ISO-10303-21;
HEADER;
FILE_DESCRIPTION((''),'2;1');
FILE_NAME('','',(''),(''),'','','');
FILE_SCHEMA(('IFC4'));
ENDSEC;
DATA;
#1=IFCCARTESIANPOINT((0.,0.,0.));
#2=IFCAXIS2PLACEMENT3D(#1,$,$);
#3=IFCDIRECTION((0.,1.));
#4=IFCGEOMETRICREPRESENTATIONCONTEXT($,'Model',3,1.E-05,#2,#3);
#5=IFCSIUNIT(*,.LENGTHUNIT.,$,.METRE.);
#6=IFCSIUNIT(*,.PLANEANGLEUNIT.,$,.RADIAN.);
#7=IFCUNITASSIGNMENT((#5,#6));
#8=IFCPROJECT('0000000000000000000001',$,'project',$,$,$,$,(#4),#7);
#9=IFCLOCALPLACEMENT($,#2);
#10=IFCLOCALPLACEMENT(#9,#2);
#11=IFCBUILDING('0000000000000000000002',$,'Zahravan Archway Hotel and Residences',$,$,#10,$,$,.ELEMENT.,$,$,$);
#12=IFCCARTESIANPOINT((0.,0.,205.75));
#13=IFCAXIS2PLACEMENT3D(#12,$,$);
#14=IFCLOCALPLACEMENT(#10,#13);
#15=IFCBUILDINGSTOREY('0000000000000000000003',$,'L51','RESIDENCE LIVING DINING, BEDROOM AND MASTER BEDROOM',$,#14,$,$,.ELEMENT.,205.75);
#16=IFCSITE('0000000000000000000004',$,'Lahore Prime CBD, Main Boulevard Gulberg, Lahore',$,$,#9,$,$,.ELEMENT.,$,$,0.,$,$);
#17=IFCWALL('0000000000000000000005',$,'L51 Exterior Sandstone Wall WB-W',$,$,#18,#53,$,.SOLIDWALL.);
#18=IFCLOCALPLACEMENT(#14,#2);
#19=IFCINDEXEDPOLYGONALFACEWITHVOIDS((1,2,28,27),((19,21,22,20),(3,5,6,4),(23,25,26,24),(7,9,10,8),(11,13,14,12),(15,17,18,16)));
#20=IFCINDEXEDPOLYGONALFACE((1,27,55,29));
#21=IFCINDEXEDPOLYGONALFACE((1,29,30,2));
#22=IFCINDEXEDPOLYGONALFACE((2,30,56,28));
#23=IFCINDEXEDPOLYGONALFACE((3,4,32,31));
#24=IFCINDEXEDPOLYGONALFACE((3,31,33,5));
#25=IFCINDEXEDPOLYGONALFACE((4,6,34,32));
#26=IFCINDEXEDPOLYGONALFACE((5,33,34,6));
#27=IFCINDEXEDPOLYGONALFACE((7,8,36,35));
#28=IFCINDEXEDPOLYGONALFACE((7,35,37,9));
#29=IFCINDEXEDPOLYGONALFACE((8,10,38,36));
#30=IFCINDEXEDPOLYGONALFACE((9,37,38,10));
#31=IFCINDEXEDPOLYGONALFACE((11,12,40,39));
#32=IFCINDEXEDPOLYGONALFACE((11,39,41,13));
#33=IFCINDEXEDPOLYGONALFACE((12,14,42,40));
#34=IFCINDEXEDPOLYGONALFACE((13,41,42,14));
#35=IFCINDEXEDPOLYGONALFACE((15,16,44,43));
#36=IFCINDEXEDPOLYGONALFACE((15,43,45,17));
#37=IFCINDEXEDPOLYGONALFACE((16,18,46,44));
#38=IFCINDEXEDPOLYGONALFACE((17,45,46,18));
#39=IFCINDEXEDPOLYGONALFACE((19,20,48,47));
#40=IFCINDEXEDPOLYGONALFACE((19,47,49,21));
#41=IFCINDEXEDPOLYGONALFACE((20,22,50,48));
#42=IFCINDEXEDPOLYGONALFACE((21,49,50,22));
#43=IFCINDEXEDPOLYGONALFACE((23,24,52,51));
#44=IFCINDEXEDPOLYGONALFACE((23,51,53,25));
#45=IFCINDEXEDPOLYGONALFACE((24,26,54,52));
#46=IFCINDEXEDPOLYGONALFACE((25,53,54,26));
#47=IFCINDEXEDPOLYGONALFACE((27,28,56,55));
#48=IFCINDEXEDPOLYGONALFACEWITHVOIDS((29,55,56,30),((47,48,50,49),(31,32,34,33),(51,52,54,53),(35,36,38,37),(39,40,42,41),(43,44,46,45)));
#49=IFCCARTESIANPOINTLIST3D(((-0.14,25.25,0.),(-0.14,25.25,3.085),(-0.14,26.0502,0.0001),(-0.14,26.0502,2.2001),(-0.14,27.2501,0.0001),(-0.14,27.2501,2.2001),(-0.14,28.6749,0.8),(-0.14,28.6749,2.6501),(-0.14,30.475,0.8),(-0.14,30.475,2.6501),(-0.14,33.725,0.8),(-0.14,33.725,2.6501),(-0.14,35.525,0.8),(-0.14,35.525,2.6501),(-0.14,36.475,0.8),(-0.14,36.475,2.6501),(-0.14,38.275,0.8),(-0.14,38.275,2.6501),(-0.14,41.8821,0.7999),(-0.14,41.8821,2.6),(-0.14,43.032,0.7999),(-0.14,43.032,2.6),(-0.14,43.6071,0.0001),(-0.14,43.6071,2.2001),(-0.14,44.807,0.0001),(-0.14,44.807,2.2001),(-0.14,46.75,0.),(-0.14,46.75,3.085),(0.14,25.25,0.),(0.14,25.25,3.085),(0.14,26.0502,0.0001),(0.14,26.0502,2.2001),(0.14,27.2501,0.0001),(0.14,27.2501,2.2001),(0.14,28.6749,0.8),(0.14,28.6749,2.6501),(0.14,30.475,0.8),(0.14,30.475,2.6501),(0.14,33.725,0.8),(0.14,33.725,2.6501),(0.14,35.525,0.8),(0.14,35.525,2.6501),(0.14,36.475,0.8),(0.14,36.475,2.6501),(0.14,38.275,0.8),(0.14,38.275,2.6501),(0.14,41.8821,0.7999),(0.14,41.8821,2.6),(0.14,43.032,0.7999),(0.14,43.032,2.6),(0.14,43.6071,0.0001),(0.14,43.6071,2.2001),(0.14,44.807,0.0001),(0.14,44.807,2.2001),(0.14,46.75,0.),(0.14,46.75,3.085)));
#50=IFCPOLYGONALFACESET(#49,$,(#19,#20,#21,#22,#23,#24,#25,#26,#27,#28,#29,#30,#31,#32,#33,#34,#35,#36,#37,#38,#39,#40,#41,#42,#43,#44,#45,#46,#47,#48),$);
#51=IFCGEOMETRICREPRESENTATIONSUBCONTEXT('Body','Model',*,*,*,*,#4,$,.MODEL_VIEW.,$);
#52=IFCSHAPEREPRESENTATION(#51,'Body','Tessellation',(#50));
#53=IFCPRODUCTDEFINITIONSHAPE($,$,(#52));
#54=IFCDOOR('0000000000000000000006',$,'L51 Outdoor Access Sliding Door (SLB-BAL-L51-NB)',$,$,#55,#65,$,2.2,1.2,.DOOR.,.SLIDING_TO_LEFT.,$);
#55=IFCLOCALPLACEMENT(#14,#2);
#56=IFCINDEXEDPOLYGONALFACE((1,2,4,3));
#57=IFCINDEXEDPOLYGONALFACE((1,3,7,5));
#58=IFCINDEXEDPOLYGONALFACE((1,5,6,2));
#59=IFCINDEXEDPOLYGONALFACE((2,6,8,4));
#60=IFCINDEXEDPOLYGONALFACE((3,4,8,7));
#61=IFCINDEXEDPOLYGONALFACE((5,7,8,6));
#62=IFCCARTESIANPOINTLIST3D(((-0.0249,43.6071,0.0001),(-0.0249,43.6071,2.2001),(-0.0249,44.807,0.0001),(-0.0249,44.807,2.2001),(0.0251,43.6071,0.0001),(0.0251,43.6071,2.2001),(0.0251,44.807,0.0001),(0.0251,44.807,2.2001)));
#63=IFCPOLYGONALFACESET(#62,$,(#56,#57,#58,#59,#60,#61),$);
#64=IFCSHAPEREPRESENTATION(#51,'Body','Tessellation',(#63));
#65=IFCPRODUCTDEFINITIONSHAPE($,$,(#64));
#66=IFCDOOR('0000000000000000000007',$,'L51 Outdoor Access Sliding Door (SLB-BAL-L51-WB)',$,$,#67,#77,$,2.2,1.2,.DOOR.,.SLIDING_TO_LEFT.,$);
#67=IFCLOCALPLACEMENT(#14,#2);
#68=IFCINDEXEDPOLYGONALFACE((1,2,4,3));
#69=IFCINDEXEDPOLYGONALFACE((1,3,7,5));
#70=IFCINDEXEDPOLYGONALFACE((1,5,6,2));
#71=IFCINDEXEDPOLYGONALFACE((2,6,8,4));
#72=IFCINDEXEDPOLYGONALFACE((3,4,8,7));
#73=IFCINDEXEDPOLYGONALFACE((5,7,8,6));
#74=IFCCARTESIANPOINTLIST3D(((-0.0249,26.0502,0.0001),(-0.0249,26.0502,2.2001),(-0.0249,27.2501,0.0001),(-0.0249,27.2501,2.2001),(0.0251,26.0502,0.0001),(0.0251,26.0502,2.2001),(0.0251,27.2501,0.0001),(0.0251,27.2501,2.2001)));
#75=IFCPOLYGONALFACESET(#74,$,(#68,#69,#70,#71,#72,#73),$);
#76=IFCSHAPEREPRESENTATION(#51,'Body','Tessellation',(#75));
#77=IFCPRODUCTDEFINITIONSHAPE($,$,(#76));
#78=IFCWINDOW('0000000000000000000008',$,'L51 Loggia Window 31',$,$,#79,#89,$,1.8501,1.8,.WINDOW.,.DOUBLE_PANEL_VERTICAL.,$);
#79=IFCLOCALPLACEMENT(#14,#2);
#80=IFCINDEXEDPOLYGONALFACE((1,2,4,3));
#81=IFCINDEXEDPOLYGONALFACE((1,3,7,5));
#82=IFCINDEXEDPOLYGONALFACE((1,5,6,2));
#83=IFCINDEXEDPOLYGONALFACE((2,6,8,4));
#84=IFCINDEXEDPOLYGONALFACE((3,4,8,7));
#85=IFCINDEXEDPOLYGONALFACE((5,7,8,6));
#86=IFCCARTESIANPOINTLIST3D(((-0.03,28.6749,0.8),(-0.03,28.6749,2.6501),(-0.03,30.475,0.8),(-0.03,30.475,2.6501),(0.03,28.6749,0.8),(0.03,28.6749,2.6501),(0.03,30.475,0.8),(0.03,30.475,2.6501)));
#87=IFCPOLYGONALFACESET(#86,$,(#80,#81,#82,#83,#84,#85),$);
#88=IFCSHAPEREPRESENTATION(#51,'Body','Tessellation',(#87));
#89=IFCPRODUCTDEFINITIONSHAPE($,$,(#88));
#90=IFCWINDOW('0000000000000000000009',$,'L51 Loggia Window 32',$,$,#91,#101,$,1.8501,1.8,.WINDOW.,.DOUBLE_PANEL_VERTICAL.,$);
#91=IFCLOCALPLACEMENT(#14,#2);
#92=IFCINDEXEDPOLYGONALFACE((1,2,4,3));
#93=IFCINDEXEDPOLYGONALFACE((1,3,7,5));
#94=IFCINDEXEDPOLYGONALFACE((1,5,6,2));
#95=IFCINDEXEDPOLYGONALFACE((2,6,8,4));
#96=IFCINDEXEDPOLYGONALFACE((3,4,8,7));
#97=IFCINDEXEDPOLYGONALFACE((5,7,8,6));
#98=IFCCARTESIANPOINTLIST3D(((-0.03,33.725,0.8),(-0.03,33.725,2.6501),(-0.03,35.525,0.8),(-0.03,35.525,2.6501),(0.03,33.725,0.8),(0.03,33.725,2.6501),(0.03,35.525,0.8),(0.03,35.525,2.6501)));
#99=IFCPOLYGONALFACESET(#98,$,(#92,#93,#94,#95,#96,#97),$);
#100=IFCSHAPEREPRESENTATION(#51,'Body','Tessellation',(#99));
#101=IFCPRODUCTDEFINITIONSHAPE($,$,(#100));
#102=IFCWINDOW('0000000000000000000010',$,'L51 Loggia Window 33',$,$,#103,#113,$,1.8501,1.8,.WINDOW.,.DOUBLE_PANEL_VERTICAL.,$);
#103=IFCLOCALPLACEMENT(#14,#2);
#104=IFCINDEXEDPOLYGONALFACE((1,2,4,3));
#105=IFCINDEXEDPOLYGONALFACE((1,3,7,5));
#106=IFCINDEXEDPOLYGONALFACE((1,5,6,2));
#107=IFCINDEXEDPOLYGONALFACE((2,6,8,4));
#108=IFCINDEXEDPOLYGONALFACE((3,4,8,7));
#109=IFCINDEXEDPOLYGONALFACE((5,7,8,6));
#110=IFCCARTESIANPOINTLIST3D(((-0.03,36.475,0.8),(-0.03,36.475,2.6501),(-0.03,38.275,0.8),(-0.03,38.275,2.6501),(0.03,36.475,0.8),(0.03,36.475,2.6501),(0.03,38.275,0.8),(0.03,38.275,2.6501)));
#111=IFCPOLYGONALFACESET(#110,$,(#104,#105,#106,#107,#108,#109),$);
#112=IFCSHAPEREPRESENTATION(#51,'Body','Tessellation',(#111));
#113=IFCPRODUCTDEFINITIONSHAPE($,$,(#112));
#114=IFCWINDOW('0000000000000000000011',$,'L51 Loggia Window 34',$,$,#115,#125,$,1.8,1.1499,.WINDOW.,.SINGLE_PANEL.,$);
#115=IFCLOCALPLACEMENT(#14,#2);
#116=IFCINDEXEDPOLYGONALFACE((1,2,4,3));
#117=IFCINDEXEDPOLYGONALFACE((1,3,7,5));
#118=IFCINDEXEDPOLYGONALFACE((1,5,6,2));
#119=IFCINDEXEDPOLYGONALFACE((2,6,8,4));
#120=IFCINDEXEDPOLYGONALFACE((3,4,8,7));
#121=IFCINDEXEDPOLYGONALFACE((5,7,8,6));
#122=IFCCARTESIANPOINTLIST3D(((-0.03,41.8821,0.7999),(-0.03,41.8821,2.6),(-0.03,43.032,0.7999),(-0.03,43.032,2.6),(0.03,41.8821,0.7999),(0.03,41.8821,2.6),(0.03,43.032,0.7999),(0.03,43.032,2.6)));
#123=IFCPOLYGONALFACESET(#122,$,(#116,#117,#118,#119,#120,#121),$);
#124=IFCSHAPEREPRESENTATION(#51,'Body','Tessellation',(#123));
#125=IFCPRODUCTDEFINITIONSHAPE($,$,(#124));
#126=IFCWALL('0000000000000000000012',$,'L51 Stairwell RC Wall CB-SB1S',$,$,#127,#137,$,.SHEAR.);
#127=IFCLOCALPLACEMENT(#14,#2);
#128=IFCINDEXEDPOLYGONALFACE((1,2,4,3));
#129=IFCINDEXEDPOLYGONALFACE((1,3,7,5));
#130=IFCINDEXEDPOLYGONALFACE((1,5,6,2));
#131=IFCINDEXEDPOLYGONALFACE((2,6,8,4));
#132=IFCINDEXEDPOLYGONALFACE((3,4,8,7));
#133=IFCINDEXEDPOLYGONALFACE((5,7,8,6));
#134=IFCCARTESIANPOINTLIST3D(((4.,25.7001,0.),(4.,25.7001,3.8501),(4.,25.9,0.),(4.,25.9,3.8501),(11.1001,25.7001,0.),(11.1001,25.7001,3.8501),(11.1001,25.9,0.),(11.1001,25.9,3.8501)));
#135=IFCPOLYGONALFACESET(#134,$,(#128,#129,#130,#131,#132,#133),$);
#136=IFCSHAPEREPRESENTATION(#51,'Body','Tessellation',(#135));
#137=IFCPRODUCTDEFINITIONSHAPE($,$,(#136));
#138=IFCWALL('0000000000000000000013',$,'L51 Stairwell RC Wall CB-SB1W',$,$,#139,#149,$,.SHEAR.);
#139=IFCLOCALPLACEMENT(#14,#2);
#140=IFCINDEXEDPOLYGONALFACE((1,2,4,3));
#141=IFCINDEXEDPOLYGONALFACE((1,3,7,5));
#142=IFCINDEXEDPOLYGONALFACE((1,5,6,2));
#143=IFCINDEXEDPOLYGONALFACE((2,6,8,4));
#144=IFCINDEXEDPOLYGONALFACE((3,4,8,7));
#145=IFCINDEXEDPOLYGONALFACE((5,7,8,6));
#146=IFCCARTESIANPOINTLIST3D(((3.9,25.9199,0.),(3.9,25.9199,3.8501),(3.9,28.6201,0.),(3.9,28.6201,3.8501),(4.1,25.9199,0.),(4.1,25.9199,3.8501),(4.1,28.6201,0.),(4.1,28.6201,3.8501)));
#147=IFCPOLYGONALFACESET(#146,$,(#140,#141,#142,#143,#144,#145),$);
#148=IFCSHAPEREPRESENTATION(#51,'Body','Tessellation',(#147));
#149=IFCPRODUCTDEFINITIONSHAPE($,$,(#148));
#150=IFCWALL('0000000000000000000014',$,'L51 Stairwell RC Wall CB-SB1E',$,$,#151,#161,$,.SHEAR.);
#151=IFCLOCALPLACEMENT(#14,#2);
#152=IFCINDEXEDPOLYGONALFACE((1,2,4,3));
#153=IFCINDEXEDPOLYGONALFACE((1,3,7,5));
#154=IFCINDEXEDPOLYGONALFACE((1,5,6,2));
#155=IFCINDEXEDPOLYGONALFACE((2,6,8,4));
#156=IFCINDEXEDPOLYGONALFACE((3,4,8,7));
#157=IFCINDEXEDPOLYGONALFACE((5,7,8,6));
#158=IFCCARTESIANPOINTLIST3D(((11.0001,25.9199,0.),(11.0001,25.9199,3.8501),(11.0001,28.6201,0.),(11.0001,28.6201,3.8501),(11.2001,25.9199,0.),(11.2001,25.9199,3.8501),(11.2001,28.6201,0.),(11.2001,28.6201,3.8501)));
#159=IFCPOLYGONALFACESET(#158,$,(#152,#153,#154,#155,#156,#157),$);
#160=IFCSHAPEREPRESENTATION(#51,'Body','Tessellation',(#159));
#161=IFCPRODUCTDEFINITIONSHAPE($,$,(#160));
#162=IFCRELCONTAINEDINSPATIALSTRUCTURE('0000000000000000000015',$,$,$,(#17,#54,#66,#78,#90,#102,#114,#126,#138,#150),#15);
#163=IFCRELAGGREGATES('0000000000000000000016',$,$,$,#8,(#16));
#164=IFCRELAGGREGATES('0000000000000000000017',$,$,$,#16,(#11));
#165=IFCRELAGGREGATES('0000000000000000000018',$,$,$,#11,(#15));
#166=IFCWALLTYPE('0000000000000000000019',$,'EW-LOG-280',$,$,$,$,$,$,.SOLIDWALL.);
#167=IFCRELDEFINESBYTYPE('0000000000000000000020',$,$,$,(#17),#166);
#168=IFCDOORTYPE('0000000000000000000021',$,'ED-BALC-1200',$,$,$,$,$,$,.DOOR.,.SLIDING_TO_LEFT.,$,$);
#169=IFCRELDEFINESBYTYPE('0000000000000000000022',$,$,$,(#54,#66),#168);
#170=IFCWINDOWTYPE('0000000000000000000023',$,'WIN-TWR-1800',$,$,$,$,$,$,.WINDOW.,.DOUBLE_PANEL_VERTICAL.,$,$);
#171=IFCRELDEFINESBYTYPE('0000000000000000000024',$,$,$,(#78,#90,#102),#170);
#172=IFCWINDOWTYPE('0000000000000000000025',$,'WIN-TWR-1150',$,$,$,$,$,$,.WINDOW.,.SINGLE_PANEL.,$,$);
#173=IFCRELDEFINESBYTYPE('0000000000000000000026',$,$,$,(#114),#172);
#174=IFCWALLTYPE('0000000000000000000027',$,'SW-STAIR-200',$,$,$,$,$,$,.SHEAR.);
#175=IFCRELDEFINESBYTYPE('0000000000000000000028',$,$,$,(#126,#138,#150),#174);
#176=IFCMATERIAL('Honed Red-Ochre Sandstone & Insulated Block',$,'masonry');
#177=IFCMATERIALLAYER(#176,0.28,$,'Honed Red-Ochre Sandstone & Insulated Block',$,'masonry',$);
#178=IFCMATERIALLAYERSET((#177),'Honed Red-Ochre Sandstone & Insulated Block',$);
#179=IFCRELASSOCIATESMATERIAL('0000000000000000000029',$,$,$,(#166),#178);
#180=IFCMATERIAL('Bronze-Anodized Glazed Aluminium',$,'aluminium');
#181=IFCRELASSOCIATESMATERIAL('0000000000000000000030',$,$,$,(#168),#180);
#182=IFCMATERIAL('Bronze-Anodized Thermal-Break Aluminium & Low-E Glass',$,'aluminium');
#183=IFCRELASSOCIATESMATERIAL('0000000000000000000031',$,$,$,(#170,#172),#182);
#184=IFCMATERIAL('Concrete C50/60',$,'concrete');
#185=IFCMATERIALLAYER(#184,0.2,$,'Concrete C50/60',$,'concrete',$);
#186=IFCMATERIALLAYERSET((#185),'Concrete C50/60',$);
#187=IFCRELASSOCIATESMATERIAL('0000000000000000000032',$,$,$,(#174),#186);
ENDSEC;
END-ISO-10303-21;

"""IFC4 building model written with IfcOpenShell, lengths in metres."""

from ifc_helpers import new_model, si_unit, direction, frame, frame_2d, origin, place, context, subcontext, project, spatial, rectangle, extrude, source, transform, mapped, material, layer, layer_set, type_object, type_shapes, element, fill, save


model = new_model("IFC4")

# Units and contexts
model_context = context("Model", 3, precision=1e-05, world=origin(), true_north=direction((0.0, 1.0)))
body_context = subcontext(model_context, "Body", "Model", "MODEL_VIEW")
ifc_project = project(units=[si_unit("LENGTHUNIT", "METRE"), si_unit("PLANEANGLEUNIT", "RADIAN")], contexts=[model_context])

# Site, building, storey
site_placement = place(None, origin())
site = spatial("IfcSite", under=ifc_project, at=site_placement, Name="Lahore Prime CBD, Main Boulevard Gulberg, Lahore", CompositionType="ELEMENT", RefElevation=0.0)
building_placement = place(site_placement, origin())
building = spatial("IfcBuilding", under=site, at=building_placement, Name="Zahravan Archway Hotel and Residences", CompositionType="ELEMENT")
storey_placement = place(building_placement, frame((0.0, 0.0, 205.75)))
storey = spatial("IfcBuildingStorey", under=building, at=storey_placement, Name="L51", Description="RESIDENCE LIVING DINING, BEDROOM AND MASTER BEDROOM", CompositionType="ELEMENT", Elevation=205.75)

# Shared definitions
ifc_material_1 = material(Name="Honed Red-Ochre Sandstone & Insulated Block", Category="masonry")
ifc_layer_1 = layer(ifc_material_1, 0.28, Name="Honed Red-Ochre Sandstone & Insulated Block", Category="masonry")
ifc_layer_set_1 = layer_set([ifc_layer_1], Name="Honed Red-Ochre Sandstone & Insulated Block")
wall_type_1 = type_object("IfcWallType", Name="EW-LOG-280", PredefinedType="SOLIDWALL", material=ifc_layer_set_1)
ifc_material_2 = material(Name="Bronze-Anodized Thermal-Break Aluminium & Low-E Glass", Category="aluminium")

# Wall, openings, doors, windows
wall_1_placement = place(storey_placement, frame((0.0, 25.25, 0.0), z_axis=(0.0, 0.0, 1.0), x_axis=(0.0, 1.0, 0.0)))
wall_1 = element("IfcWall", 1, at=wall_1_placement, inside=storey, type_object=wall_type_1, Name="L51 Exterior Sandstone Wall WB-W", PredefinedType="SOLIDWALL", context=body_context, shape_type="SweptSolid", body=[
    extrude(rectangle(XDim=21.5, YDim=0.28, at=frame_2d((10.75, 0.0))), origin(), (0.0, 0.0, 1.0), 3.085),
])
opening_1_placement = place(wall_1_placement, frame((18.3569, 0.0, 0.0)))
opening_1 = element("IfcOpeningElement", 2, at=opening_1_placement, cuts=wall_1, PredefinedType="OPENING", context=body_context, shape_type="SweptSolid", body=[
    extrude(rectangle(XDim=1.2, YDim=2.2, at=frame_2d((0.6001, 1.1001))), frame((0.0, 0.1499, 0.0), z_axis=(0.0, -1.0, 0.0), x_axis=(1.0, 0.0, 0.0)), (0.0, 0.0, 1.0), 0.3),
])
opening_2_placement = place(wall_1_placement, frame((0.8, 0.0, 0.0)))
opening_2 = element("IfcOpeningElement", 3, at=opening_2_placement, cuts=wall_1, PredefinedType="OPENING", context=body_context, shape_type="SweptSolid", body=[
    extrude(rectangle(XDim=1.2, YDim=2.2, at=frame_2d((0.6001, 1.1001))), frame((0.0, 0.1499, 0.0), z_axis=(0.0, -1.0, 0.0), x_axis=(1.0, 0.0, 0.0)), (0.0, 0.0, 1.0), 0.3),
])
opening_3_placement = place(wall_1_placement, frame((3.425, 0.0, 0.8)))
opening_3 = element("IfcOpeningElement", 4, at=opening_3_placement, cuts=wall_1, PredefinedType="OPENING", context=body_context, shape_type="SweptSolid", body=[
    extrude(rectangle(XDim=1.8, YDim=1.8501, at=frame_2d((0.8999, 0.925))), frame((0.0, 0.1499, 0.0), z_axis=(0.0, -1.0, 0.0), x_axis=(1.0, 0.0, 0.0)), (0.0, 0.0, 1.0), 0.3),
])
opening_4_placement = place(wall_1_placement, frame((8.4751, 0.0, 0.8)))
opening_4 = element("IfcOpeningElement", 5, at=opening_4_placement, cuts=wall_1, PredefinedType="OPENING", context=body_context, shape_type="SweptSolid", body=[
    extrude(rectangle(XDim=1.8, YDim=1.8501, at=frame_2d((0.8999, 0.925))), frame((0.0, 0.1499, 0.0), z_axis=(0.0, -1.0, 0.0), x_axis=(1.0, 0.0, 0.0)), (0.0, 0.0, 1.0), 0.3),
])
opening_5_placement = place(wall_1_placement, frame((11.2251, 0.0, 0.8)))
opening_5 = element("IfcOpeningElement", 6, at=opening_5_placement, cuts=wall_1, PredefinedType="OPENING", context=body_context, shape_type="SweptSolid", body=[
    extrude(rectangle(XDim=1.8, YDim=1.8501, at=frame_2d((0.8999, 0.925))), frame((0.0, 0.1499, 0.0), z_axis=(0.0, -1.0, 0.0), x_axis=(1.0, 0.0, 0.0)), (0.0, 0.0, 1.0), 0.3),
])
opening_6_placement = place(wall_1_placement, frame((16.6321, 0.0, 0.8)))
opening_6 = element("IfcOpeningElement", 7, at=opening_6_placement, cuts=wall_1, PredefinedType="OPENING", context=body_context, shape_type="SweptSolid", body=[
    extrude(rectangle(XDim=1.1499, YDim=1.8, at=frame_2d((0.575, 0.8999))), frame((0.0, 0.1499, 0.0), z_axis=(0.0, -1.0, 0.0), x_axis=(1.0, 0.0, 0.0)), (0.0, 0.0, 1.0), 0.3),
])
ifc_material_3 = material(Name="Bronze-Anodized Glazed Aluminium", Category="aluminium")
door_type = type_object("IfcDoorType", Name="ED-BALC-1200", OperationType="SLIDING_TO_LEFT", PredefinedType="DOOR", material=ifc_material_3)
shared_shape_1 = source(origin(), body_context, "Body", "SweptSolid", [
    extrude(rectangle(XDim=1.2, YDim=2.2, at=frame_2d((0.6001, 1.1001))), frame((0.0, 0.0249, 0.0), z_axis=(0.0, -1.0, 0.0), x_axis=(1.0, 0.0, 0.0)), (0.0, 0.0, 1.0), 0.05),
])
type_shapes(door_type, [shared_shape_1])
door_1_placement = place(opening_1_placement, origin())
door_1 = element("IfcDoor", 8, at=door_1_placement, inside=storey, type_object=door_type, Name="L51 Outdoor Access Sliding Door (SLB-BAL-L51-NB)", OperationType="SLIDING_TO_LEFT", OverallHeight=2.2, OverallWidth=1.2, PredefinedType="DOOR", context=body_context, shape_type="MappedRepresentation", body=[
    mapped(shared_shape_1, transform((0.0, 0.0, 0.0), scale=1.0)),
])
fill(opening_1, door_1)
door_2_placement = place(opening_2_placement, origin())
door_2 = element("IfcDoor", 9, at=door_2_placement, inside=storey, type_object=door_type, Name="L51 Outdoor Access Sliding Door (SLB-BAL-L51-WB)", OperationType="SLIDING_TO_LEFT", OverallHeight=2.2, OverallWidth=1.2, PredefinedType="DOOR", context=body_context, shape_type="MappedRepresentation", body=[
    mapped(shared_shape_1, transform((0.0, 0.0, 0.0), scale=1.0)),
])
fill(opening_2, door_2)
window_type_1 = type_object("IfcWindowType", Name="WIN-TWR-1800", PartitioningType="DOUBLE_PANEL_VERTICAL", PredefinedType="WINDOW", material=ifc_material_2)
shared_shape_2 = source(origin(), body_context, "Body", "SweptSolid", [
    extrude(rectangle(XDim=1.8, YDim=1.8501, at=frame_2d((0.8999, 0.925))), frame((0.0, 0.03, 0.0), z_axis=(0.0, -1.0, 0.0), x_axis=(1.0, 0.0, 0.0)), (0.0, 0.0, 1.0), 0.0601),
])
type_shapes(window_type_1, [shared_shape_2])
window_1_placement = place(opening_3_placement, origin())
window_1 = element("IfcWindow", 10, at=window_1_placement, inside=storey, type_object=window_type_1, Name="L51 Loggia Window 31", OverallHeight=1.8501, OverallWidth=1.8, PartitioningType="DOUBLE_PANEL_VERTICAL", PredefinedType="WINDOW", context=body_context, shape_type="MappedRepresentation", body=[
    mapped(shared_shape_2, transform((0.0, 0.0, 0.0), scale=1.0)),
])
fill(opening_3, window_1)
window_2_placement = place(opening_4_placement, origin())
window_2 = element("IfcWindow", 11, at=window_2_placement, inside=storey, type_object=window_type_1, Name="L51 Loggia Window 32", OverallHeight=1.8501, OverallWidth=1.8, PartitioningType="DOUBLE_PANEL_VERTICAL", PredefinedType="WINDOW", context=body_context, shape_type="MappedRepresentation", body=[
    mapped(shared_shape_2, transform((0.0, 0.0, 0.0), scale=1.0)),
])
fill(opening_4, window_2)
window_3_placement = place(opening_5_placement, origin())
window_3 = element("IfcWindow", 12, at=window_3_placement, inside=storey, type_object=window_type_1, Name="L51 Loggia Window 33", OverallHeight=1.8501, OverallWidth=1.8, PartitioningType="DOUBLE_PANEL_VERTICAL", PredefinedType="WINDOW", context=body_context, shape_type="MappedRepresentation", body=[
    mapped(shared_shape_2, transform((0.0, 0.0, 0.0), scale=1.0)),
])
fill(opening_5, window_3)
window_type_2 = type_object("IfcWindowType", Name="WIN-TWR-1150", PartitioningType="SINGLE_PANEL", PredefinedType="WINDOW", material=ifc_material_2)
shared_shape_3 = source(origin(), body_context, "Body", "SweptSolid", [
    extrude(rectangle(XDim=1.1499, YDim=1.8, at=frame_2d((0.575, 0.8999))), frame((0.0, 0.03, 0.0), z_axis=(0.0, -1.0, 0.0), x_axis=(1.0, 0.0, 0.0)), (0.0, 0.0, 1.0), 0.0601),
])
type_shapes(window_type_2, [shared_shape_3])
window_4_placement = place(opening_6_placement, origin())
window_4 = element("IfcWindow", 13, at=window_4_placement, inside=storey, type_object=window_type_2, Name="L51 Loggia Window 34", OverallHeight=1.8, OverallWidth=1.1499, PartitioningType="SINGLE_PANEL", PredefinedType="WINDOW", context=body_context, shape_type="MappedRepresentation", body=[
    mapped(shared_shape_3, transform((0.0, 0.0, 0.0), scale=1.0)),
])
fill(opening_6, window_4)

# Walls
ifc_material_4 = material(Name="Concrete C50/60", Category="concrete")
ifc_layer_2 = layer(ifc_material_4, 0.2, Name="Concrete C50/60", Category="concrete")
ifc_layer_set_2 = layer_set([ifc_layer_2], Name="Concrete C50/60")
wall_type_2 = type_object("IfcWallType", Name="SW-STAIR-200", PredefinedType="SHEAR", material=ifc_layer_set_2)
wall_2_placement = place(storey_placement, frame((4.0, 25.8, 0.0), z_axis=(0.0, 0.0, 1.0), x_axis=(1.0, 0.0, 0.0)))
element("IfcWall", 14, at=wall_2_placement, inside=storey, type_object=wall_type_2, Name="L51 Stairwell RC Wall CB-SB1S", PredefinedType="SHEAR", context=body_context, shape_type="SweptSolid", body=[
    extrude(rectangle(XDim=7.1001, YDim=0.2, at=frame_2d((3.55, 0.0))), origin(), (0.0, 0.0, 1.0), 3.8501),
])
for number, where, z_axis, x_axis, name in (
    (15, (4.0, 25.9199, 0.0), (0.0, 0.0, 1.0), (0.0, 1.0, 0.0), "L51 Stairwell RC Wall CB-SB1W"),
    (16, (11.1001, 25.9199, 0.0), (0.0, 0.0, 1.0), (0.0, 1.0, 0.0), "L51 Stairwell RC Wall CB-SB1E"),
):
    element("IfcWall", number, at=place(storey_placement, frame(where, z_axis=z_axis, x_axis=x_axis)), inside=storey, type_object=wall_type_2, Name=name, PredefinedType="SHEAR", context=body_context, shape_type="SweptSolid", body=[
        extrude(rectangle(XDim=2.7002, YDim=0.2, at=frame_2d((1.3501, 0.0))), origin(), (0.0, 0.0, 1.0), 3.8501),
    ])

save(model, "model.ifc")
